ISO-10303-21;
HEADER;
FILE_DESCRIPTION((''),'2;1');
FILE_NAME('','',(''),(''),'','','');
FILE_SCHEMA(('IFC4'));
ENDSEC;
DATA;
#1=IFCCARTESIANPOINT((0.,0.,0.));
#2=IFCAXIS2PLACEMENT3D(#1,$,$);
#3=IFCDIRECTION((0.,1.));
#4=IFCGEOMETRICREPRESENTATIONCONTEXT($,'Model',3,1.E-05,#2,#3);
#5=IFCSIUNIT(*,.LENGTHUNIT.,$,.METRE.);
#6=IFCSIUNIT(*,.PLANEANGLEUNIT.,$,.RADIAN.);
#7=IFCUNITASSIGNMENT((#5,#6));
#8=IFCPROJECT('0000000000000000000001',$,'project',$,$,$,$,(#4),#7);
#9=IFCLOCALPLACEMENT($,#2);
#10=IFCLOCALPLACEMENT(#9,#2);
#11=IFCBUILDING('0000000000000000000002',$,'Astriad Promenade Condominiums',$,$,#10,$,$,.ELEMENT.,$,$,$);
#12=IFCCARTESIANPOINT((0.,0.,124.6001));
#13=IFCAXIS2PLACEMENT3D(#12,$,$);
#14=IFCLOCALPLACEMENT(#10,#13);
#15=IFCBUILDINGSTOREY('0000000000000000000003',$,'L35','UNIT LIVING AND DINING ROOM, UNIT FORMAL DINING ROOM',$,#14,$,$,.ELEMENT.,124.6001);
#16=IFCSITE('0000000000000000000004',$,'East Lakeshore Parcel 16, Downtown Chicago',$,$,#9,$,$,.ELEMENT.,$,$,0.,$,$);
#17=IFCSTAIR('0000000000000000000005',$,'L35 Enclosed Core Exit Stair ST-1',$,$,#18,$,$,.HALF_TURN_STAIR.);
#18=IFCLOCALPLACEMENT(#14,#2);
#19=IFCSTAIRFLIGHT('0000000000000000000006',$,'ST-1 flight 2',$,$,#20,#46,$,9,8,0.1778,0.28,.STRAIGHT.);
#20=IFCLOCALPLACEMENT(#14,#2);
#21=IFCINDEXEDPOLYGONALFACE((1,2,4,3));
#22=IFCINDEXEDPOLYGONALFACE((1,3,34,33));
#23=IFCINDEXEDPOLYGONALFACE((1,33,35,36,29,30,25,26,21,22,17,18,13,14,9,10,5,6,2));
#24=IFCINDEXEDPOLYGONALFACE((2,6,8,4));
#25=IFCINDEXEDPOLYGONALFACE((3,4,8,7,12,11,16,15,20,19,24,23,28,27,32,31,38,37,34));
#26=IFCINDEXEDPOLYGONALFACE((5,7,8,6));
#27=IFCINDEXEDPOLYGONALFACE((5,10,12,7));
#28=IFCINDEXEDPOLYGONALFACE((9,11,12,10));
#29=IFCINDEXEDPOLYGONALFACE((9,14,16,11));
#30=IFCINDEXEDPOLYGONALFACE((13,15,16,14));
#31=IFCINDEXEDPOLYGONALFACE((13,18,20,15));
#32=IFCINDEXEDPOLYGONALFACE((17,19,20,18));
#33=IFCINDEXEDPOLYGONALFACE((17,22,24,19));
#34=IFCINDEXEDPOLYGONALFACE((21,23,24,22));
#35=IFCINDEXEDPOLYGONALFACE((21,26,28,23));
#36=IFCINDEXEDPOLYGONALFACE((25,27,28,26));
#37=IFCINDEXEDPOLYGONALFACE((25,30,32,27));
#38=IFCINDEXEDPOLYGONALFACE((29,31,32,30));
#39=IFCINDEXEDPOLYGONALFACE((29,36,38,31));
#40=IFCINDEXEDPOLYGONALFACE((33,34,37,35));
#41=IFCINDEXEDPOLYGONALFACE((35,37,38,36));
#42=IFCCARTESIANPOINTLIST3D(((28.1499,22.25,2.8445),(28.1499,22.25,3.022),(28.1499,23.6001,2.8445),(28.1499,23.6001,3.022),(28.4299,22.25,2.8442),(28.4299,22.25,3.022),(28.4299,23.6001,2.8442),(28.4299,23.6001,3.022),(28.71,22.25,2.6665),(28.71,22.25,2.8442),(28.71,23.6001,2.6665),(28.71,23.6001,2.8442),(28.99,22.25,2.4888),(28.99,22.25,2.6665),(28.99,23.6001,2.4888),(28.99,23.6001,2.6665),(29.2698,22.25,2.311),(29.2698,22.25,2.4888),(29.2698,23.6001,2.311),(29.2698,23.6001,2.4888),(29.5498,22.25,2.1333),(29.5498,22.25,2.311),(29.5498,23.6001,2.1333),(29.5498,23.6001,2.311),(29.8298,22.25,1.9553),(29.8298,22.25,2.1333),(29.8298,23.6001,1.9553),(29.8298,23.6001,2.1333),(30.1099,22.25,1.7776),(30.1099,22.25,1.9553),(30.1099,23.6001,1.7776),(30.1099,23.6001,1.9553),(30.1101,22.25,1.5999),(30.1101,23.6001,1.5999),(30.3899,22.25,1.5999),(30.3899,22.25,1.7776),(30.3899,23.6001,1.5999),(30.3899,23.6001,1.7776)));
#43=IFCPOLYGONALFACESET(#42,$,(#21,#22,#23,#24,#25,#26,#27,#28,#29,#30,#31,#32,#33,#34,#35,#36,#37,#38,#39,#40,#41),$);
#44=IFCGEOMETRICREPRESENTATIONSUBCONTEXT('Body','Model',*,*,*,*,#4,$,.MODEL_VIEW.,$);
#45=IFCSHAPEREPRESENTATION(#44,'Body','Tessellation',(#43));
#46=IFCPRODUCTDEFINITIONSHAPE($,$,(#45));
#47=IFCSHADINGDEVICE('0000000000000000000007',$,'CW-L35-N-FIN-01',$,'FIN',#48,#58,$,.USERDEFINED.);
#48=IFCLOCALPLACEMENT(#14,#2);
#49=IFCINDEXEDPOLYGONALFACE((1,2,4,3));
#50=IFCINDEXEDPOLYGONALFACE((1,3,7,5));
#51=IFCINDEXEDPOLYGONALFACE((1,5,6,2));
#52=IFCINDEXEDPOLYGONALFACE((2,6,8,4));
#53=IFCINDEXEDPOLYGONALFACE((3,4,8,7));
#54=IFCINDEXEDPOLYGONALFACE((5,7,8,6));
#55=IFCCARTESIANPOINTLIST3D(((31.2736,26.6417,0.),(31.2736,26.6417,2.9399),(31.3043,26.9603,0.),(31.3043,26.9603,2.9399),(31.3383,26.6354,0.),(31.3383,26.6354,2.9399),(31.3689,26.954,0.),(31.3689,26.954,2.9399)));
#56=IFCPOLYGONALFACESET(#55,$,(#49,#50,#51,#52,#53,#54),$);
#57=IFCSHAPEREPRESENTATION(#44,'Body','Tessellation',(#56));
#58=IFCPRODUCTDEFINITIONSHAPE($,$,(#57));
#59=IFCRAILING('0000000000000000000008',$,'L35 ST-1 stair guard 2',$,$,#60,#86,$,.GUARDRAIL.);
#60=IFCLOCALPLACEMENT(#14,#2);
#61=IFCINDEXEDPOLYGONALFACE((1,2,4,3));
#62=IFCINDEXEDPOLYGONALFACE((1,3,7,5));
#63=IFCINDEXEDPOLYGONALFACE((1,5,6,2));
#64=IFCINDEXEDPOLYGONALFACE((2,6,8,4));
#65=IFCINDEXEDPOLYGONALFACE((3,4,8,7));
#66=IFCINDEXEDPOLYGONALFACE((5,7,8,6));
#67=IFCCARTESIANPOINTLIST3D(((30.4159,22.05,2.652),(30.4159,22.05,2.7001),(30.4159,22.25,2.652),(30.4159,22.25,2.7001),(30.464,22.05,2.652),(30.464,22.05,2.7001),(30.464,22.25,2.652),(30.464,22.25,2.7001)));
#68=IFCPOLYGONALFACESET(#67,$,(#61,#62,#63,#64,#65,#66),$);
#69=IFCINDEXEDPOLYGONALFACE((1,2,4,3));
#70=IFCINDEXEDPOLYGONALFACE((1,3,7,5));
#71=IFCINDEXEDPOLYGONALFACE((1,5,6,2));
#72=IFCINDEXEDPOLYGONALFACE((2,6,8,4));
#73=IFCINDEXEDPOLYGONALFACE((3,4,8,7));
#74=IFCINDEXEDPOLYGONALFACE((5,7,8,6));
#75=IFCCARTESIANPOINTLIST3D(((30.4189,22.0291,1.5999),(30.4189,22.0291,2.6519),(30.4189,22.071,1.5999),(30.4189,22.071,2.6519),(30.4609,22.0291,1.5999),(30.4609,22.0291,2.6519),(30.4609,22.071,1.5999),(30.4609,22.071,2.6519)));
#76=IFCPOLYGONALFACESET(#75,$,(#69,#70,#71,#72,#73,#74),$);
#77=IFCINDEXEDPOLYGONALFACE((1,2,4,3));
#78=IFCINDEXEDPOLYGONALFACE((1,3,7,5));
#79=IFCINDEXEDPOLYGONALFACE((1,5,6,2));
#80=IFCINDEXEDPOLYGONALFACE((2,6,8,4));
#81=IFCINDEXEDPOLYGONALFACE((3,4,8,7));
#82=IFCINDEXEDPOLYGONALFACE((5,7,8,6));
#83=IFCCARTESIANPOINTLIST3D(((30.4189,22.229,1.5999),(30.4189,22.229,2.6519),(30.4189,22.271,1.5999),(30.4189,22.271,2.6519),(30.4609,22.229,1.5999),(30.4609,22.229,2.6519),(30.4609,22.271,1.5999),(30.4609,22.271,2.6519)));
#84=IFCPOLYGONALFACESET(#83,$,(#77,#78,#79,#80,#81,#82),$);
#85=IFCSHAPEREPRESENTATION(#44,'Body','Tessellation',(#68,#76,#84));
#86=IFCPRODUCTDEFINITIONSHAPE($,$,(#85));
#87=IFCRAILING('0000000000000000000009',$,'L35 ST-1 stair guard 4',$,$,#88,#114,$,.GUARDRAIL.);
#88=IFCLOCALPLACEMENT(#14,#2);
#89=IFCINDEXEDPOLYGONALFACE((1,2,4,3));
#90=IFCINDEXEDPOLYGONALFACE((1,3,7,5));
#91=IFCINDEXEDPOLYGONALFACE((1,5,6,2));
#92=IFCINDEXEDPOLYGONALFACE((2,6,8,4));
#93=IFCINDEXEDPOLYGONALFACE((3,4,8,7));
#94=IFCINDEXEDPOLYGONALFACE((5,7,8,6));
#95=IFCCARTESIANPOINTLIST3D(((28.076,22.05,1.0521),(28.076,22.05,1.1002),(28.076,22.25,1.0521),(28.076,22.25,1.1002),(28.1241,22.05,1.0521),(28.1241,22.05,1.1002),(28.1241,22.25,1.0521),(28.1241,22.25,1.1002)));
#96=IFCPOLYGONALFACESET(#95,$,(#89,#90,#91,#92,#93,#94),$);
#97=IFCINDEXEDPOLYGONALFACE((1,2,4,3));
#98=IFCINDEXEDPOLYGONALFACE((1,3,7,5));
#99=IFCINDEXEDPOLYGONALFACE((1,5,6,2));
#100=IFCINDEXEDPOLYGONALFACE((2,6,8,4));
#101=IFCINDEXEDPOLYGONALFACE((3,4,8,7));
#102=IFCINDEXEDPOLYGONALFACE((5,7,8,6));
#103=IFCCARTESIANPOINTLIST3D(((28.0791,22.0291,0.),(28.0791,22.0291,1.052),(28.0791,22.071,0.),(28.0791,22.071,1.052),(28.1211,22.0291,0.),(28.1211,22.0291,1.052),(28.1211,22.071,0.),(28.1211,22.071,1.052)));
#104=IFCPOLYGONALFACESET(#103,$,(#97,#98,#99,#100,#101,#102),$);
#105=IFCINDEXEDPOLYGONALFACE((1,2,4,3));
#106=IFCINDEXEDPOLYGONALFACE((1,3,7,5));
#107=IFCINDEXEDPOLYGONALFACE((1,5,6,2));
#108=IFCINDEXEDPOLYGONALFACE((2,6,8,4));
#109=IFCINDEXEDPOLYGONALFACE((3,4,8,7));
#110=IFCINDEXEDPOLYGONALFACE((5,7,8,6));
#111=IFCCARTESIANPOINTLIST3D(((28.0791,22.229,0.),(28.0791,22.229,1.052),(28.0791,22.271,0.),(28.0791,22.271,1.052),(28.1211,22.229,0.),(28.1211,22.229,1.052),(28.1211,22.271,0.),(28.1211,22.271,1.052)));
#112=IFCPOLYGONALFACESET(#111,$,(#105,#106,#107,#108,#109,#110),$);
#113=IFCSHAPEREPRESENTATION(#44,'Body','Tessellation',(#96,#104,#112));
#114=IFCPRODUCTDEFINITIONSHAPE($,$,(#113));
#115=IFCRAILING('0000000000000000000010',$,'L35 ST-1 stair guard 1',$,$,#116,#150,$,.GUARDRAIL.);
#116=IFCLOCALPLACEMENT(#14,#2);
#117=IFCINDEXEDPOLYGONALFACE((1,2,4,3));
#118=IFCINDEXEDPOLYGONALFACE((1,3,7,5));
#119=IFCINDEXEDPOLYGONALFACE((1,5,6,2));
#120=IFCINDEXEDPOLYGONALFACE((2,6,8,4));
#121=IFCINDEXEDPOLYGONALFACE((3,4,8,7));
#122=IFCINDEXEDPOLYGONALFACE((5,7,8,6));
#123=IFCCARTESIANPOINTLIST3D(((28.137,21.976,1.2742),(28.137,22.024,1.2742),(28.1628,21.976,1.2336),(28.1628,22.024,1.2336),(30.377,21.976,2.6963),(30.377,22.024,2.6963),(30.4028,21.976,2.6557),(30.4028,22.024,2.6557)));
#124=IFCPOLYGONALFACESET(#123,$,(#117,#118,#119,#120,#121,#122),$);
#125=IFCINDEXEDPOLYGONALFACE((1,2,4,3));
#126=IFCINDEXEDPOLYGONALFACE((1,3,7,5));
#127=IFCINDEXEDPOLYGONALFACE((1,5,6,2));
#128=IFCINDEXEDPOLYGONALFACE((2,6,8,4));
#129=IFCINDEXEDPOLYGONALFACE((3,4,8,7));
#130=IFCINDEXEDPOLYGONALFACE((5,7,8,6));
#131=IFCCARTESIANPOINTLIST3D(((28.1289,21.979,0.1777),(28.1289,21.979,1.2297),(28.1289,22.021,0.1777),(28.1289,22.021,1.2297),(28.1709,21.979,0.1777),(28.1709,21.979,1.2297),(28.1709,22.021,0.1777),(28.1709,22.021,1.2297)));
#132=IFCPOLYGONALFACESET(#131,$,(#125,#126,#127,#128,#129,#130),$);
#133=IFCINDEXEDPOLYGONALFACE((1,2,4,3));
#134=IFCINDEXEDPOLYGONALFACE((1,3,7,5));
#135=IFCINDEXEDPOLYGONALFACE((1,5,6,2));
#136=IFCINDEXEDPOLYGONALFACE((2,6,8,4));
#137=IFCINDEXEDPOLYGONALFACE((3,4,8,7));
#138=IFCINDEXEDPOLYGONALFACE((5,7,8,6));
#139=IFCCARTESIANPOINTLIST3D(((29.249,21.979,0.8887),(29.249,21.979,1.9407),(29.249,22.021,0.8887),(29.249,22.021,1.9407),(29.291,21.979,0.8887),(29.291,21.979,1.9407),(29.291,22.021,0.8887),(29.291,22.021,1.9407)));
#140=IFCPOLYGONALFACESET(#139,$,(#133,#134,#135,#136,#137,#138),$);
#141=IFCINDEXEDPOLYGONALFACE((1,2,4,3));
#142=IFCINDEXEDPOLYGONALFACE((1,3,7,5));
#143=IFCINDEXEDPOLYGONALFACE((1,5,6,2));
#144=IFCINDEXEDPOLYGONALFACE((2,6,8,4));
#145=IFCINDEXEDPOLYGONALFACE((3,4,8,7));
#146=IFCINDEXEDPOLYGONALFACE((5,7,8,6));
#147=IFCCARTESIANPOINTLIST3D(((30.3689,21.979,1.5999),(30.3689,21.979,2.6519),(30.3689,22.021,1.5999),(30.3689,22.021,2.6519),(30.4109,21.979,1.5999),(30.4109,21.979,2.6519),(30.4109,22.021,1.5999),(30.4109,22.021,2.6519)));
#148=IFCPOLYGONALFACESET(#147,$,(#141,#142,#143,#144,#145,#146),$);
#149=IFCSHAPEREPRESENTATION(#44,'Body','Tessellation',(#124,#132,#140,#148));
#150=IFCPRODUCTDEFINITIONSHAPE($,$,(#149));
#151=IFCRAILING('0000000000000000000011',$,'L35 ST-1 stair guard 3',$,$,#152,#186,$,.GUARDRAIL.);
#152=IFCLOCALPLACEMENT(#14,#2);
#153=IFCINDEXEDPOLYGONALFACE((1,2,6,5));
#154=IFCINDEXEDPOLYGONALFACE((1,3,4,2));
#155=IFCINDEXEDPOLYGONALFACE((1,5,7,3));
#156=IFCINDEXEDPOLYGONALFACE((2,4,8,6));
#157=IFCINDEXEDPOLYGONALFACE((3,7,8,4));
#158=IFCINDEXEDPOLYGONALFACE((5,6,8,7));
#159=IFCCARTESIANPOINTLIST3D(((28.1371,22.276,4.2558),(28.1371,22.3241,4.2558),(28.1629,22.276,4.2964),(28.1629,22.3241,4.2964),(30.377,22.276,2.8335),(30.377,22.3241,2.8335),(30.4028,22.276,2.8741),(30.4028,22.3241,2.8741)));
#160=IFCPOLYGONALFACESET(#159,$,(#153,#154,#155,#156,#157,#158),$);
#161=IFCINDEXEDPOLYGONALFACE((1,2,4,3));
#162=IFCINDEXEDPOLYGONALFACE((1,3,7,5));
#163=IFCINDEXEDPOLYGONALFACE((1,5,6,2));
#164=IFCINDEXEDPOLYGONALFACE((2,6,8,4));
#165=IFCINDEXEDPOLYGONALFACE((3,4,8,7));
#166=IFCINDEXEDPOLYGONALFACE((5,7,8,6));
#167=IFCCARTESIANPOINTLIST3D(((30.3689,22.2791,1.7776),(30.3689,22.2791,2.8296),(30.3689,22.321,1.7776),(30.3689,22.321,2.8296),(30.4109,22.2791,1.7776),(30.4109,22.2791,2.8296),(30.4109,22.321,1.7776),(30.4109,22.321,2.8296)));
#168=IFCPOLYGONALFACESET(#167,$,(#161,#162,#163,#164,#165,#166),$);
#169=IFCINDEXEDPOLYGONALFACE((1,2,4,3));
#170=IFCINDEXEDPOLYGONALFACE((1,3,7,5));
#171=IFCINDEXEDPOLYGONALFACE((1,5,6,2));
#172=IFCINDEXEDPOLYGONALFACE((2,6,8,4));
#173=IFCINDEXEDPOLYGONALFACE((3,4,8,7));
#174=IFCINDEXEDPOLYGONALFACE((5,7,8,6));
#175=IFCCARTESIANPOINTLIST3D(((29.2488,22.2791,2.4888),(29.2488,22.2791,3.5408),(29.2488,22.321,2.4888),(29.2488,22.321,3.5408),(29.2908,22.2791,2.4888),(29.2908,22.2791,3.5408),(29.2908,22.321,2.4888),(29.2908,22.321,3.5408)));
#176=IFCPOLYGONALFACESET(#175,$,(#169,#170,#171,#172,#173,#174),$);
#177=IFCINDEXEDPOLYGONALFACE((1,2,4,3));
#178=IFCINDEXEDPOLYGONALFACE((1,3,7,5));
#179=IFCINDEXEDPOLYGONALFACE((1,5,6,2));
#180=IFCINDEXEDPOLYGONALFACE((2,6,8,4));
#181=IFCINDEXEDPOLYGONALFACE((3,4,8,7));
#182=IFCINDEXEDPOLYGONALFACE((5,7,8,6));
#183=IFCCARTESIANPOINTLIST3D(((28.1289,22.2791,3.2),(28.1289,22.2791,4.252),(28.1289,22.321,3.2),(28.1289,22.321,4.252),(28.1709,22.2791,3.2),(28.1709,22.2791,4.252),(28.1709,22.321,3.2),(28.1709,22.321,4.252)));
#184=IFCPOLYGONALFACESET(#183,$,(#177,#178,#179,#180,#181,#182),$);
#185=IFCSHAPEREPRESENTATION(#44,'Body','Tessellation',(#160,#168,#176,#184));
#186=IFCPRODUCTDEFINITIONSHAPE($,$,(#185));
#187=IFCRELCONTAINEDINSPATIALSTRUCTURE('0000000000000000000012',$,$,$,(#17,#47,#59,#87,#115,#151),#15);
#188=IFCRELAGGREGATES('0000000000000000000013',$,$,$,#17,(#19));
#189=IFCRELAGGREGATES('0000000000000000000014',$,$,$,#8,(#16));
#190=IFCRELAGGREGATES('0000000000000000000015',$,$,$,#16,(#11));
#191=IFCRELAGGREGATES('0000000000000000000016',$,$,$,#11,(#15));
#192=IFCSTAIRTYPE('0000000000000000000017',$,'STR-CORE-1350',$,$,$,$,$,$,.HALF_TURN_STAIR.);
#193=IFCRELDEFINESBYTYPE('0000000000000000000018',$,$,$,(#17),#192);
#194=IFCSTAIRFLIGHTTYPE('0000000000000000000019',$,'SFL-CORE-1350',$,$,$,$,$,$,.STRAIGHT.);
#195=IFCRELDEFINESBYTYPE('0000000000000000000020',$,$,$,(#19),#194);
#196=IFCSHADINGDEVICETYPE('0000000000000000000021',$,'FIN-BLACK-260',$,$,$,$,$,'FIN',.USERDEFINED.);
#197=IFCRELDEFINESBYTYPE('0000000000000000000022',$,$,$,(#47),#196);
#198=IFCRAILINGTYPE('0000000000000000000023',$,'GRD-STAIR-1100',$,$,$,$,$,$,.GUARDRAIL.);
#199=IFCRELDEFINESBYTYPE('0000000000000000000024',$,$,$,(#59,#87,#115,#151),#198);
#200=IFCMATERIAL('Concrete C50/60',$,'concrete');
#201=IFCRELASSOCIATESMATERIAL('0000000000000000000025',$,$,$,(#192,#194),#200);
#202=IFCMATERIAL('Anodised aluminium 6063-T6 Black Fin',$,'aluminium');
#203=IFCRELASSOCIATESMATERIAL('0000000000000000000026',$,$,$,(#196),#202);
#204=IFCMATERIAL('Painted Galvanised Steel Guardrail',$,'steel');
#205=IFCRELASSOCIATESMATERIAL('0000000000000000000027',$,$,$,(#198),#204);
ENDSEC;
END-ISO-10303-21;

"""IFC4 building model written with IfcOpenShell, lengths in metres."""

from ifc_helpers import new_model, si_unit, direction, frame, origin, origin_2d, place, context, subcontext, project, spatial, polyline, rectangle, outline, extrude, source, transform, mapped, material, type_object, type_shapes, element, aggregate, save


model = new_model("IFC4")

# Units and contexts
model_context = context("Model", 3, precision=1e-05, world=origin(), true_north=direction((0.0, 1.0)))
body_context = subcontext(model_context, "Body", "Model", "MODEL_VIEW")
ifc_project = project(units=[si_unit("LENGTHUNIT", "METRE"), si_unit("PLANEANGLEUNIT", "RADIAN")], contexts=[model_context])

# Site, building, storey
site_placement = place(None, origin())
site = spatial("IfcSite", under=ifc_project, at=site_placement, Name="East Lakeshore Parcel 16, Downtown Chicago", CompositionType="ELEMENT", RefElevation=0.0)
building_placement = place(site_placement, origin())
building = spatial("IfcBuilding", under=site, at=building_placement, Name="Astriad Promenade Condominiums", CompositionType="ELEMENT")
storey_placement = place(building_placement, frame((0.0, 0.0, 124.6001)))
storey = spatial("IfcBuildingStorey", under=building, at=storey_placement, Name="L35", Description="UNIT LIVING AND DINING ROOM, UNIT FORMAL DINING ROOM", CompositionType="ELEMENT", Elevation=124.6001)

# Shared definitions
ifc_material_1 = material(Name="Concrete C50/60", Category="concrete")

# Stair, stair flight
stair_type = type_object("IfcStairType", Name="STR-CORE-1350", PredefinedType="HALF_TURN_STAIR", material=ifc_material_1)
stair_placement = place(storey_placement, origin())
stair = element("IfcStair", 1, at=stair_placement, inside=storey, type_object=stair_type, Name="L35 Enclosed Core Exit Stair ST-1", PredefinedType="HALF_TURN_STAIR")
stair_flight_type = type_object("IfcStairFlightType", Name="SFL-CORE-1350", PredefinedType="STRAIGHT", material=ifc_material_1)
shared_shape_1 = source(origin(), body_context, "Body", "SweptSolid", [
    extrude(outline(polyline([(0.0, 0.0), (0.0, 0.1777), (0.28, 0.1777), (0.28, 0.3555), (0.5601, 0.3555), (0.5601, 0.5334), (0.8401, 0.5334), (0.8401, 0.7112), (1.1201, 0.7112), (1.1201, 0.8889), (1.3999, 0.8889), (1.3999, 1.0667), (1.6799, 1.0667), (1.6799, 1.2444), (1.96, 1.2444), (1.96, 1.4221), (2.24, 1.4221), (2.24, 1.6001), (2.24, 1.2446), (0.2798, 0.0), (0.0, 0.0)])), frame((0.0, 0.675, 0.0), z_axis=(0.0, -1.0, 0.0), x_axis=(1.0, 0.0, 0.0)), (0.0, 0.0, 1.0), 1.3501),
])
type_shapes(stair_flight_type, [shared_shape_1])
stair_flight_1_placement = place(storey_placement, frame((30.3899, 22.925, 1.5999), z_axis=(0.0, 0.0, 1.0), x_axis=(-1.0, 0.0, 0.0)))
stair_flight_1 = element("IfcStairFlight", 2, at=stair_flight_1_placement, type_object=stair_flight_type, Name="ST-1 flight 2", NumberOfRisers=9, NumberOfTreads=8, PredefinedType="STRAIGHT", RiserHeight=0.1778, TreadLength=0.28, context=body_context, shape_type="MappedRepresentation", body=[
    mapped(shared_shape_1, transform((0.0, 0.0, 0.0), scale=1.0)),
])
aggregate(stair, [stair_flight_1])

# Shading device
ifc_material_2 = material(Name="Anodised aluminium 6063-T6 Black Fin", Category="aluminium")
shading_device_type = type_object("IfcShadingDeviceType", Name="FIN-BLACK-260", ElementType="FIN", PredefinedType="USERDEFINED", material=ifc_material_2)
shared_shape_2 = source(origin(), body_context, "Body", "SweptSolid", [
    extrude(rectangle(XDim=0.0649, YDim=0.3201, at=origin_2d()), origin(), (0.0, 0.0, 1.0), 2.9399),
])
type_shapes(shading_device_type, [shared_shape_2])
shading_device_placement = place(storey_placement, frame((31.3213, 26.7979, 0.0), z_axis=(0.0, 0.0, 1.0), x_axis=(0.995396, -0.095846, 0.0)))
element("IfcShadingDevice", 3, at=shading_device_placement, inside=storey, type_object=shading_device_type, Name="CW-L35-N-FIN-01", ObjectType="FIN", PredefinedType="USERDEFINED", context=body_context, shape_type="MappedRepresentation", body=[
    mapped(shared_shape_2, transform((0.0, 0.0, 0.0), scale=1.0)),
])

# Railings
ifc_material_3 = material(Name="Painted Galvanised Steel Guardrail", Category="steel")
railing_type_1 = type_object("IfcRailingType", Name="GRD-STAIR-1100", PredefinedType="GUARDRAIL", material=ifc_material_3)
shared_shape_3 = source(origin(), body_context, "Body", "SweptSolid", [
    extrude(rectangle(XDim=0.0481, YDim=0.0481, at=origin_2d()), frame((0.0, 0.0, 1.0762), z_axis=(0.0, 1.0, 0.0), x_axis=(-1.0, 0.0, 0.0)), (0.0, 0.0, 1.0), 0.2),
    extrude(rectangle(XDim=0.042, YDim=0.042, at=origin_2d()), origin(), (0.0, 0.0, 1.0), 1.052),
    extrude(rectangle(XDim=0.042, YDim=0.042, at=origin_2d()), frame((0.0, 0.2, 0.0)), (0.0, 0.0, 1.0), 1.052),
])
for number, where, name in (
    (4, (30.4399, 22.05, 1.5999), "L35 ST-1 stair guard 2"),
    (5, (28.1001, 22.05, 0.0), "L35 ST-1 stair guard 4"),
):
    element("IfcRailing", number, at=place(storey_placement, frame(where)), inside=storey, type_object=railing_type_1, Name=name, PredefinedType="GUARDRAIL", context=body_context, shape_type="MappedRepresentation", body=[
        mapped(shared_shape_3, transform((0.0, 0.0, 0.0), scale=1.0)),
    ])
shared_shape_4 = source(origin(), body_context, "Body", "SweptSolid", [
    extrude(rectangle(XDim=0.0481, YDim=0.0481, at=origin_2d()), frame((0.0, 0.0, 1.0762), z_axis=(0.844229, 0.0, 0.535982), x_axis=(0.0, 1.0, 0.0)), (0.0, 0.0, 1.0), 2.6533),
    extrude(rectangle(XDim=0.042, YDim=0.042, at=origin_2d()), origin(), (0.0, 0.0, 1.0), 1.052),
    extrude(rectangle(XDim=0.042, YDim=0.042, at=origin_2d()), frame((1.1201, 0.0, 0.7109)), (0.0, 0.0, 1.0), 1.052),
    extrude(rectangle(XDim=0.042, YDim=0.042, at=origin_2d()), frame((2.24, 0.0, 1.4221)), (0.0, 0.0, 1.0), 1.052),
])
railing_1_placement = place(storey_placement, frame((28.1499, 22.0, 0.1777)))
element("IfcRailing", 6, at=railing_1_placement, inside=storey, type_object=railing_type_1, Name="L35 ST-1 stair guard 1", PredefinedType="GUARDRAIL", context=body_context, shape_type="MappedRepresentation", body=[
    mapped(shared_shape_4, transform((0.0, 0.0, 0.0), scale=1.0)),
])
shared_shape_5 = source(origin(), body_context, "Body", "SweptSolid", [
    extrude(rectangle(XDim=0.0481, YDim=0.0481, at=origin_2d()), frame((0.0, 0.0, 1.0762), z_axis=(-0.844188, 0.0, 0.536048), x_axis=(0.0, -1.0, 0.0)), (0.0, 0.0, 1.0), 2.6533),
    extrude(rectangle(XDim=0.042, YDim=0.042, at=origin_2d()), origin(), (0.0, 0.0, 1.0), 1.052),
    extrude(rectangle(XDim=0.042, YDim=0.042, at=origin_2d()), frame((-1.1201, 0.0, 0.7112)), (0.0, 0.0, 1.0), 1.052),
    extrude(rectangle(XDim=0.042, YDim=0.042, at=origin_2d()), frame((-2.24, 0.0, 1.4224)), (0.0, 0.0, 1.0), 1.052),
])
type_shapes(railing_type_1, [shared_shape_3, shared_shape_4, shared_shape_5])
railing_2_placement = place(storey_placement, frame((30.3899, 22.3, 1.7776)))
element("IfcRailing", 7, at=railing_2_placement, inside=storey, type_object=railing_type_1, Name="L35 ST-1 stair guard 3", PredefinedType="GUARDRAIL", context=body_context, shape_type="MappedRepresentation", body=[
    mapped(shared_shape_5, transform((0.0, 0.0, 0.0), scale=1.0)),
])

save(model, "model.ifc")
